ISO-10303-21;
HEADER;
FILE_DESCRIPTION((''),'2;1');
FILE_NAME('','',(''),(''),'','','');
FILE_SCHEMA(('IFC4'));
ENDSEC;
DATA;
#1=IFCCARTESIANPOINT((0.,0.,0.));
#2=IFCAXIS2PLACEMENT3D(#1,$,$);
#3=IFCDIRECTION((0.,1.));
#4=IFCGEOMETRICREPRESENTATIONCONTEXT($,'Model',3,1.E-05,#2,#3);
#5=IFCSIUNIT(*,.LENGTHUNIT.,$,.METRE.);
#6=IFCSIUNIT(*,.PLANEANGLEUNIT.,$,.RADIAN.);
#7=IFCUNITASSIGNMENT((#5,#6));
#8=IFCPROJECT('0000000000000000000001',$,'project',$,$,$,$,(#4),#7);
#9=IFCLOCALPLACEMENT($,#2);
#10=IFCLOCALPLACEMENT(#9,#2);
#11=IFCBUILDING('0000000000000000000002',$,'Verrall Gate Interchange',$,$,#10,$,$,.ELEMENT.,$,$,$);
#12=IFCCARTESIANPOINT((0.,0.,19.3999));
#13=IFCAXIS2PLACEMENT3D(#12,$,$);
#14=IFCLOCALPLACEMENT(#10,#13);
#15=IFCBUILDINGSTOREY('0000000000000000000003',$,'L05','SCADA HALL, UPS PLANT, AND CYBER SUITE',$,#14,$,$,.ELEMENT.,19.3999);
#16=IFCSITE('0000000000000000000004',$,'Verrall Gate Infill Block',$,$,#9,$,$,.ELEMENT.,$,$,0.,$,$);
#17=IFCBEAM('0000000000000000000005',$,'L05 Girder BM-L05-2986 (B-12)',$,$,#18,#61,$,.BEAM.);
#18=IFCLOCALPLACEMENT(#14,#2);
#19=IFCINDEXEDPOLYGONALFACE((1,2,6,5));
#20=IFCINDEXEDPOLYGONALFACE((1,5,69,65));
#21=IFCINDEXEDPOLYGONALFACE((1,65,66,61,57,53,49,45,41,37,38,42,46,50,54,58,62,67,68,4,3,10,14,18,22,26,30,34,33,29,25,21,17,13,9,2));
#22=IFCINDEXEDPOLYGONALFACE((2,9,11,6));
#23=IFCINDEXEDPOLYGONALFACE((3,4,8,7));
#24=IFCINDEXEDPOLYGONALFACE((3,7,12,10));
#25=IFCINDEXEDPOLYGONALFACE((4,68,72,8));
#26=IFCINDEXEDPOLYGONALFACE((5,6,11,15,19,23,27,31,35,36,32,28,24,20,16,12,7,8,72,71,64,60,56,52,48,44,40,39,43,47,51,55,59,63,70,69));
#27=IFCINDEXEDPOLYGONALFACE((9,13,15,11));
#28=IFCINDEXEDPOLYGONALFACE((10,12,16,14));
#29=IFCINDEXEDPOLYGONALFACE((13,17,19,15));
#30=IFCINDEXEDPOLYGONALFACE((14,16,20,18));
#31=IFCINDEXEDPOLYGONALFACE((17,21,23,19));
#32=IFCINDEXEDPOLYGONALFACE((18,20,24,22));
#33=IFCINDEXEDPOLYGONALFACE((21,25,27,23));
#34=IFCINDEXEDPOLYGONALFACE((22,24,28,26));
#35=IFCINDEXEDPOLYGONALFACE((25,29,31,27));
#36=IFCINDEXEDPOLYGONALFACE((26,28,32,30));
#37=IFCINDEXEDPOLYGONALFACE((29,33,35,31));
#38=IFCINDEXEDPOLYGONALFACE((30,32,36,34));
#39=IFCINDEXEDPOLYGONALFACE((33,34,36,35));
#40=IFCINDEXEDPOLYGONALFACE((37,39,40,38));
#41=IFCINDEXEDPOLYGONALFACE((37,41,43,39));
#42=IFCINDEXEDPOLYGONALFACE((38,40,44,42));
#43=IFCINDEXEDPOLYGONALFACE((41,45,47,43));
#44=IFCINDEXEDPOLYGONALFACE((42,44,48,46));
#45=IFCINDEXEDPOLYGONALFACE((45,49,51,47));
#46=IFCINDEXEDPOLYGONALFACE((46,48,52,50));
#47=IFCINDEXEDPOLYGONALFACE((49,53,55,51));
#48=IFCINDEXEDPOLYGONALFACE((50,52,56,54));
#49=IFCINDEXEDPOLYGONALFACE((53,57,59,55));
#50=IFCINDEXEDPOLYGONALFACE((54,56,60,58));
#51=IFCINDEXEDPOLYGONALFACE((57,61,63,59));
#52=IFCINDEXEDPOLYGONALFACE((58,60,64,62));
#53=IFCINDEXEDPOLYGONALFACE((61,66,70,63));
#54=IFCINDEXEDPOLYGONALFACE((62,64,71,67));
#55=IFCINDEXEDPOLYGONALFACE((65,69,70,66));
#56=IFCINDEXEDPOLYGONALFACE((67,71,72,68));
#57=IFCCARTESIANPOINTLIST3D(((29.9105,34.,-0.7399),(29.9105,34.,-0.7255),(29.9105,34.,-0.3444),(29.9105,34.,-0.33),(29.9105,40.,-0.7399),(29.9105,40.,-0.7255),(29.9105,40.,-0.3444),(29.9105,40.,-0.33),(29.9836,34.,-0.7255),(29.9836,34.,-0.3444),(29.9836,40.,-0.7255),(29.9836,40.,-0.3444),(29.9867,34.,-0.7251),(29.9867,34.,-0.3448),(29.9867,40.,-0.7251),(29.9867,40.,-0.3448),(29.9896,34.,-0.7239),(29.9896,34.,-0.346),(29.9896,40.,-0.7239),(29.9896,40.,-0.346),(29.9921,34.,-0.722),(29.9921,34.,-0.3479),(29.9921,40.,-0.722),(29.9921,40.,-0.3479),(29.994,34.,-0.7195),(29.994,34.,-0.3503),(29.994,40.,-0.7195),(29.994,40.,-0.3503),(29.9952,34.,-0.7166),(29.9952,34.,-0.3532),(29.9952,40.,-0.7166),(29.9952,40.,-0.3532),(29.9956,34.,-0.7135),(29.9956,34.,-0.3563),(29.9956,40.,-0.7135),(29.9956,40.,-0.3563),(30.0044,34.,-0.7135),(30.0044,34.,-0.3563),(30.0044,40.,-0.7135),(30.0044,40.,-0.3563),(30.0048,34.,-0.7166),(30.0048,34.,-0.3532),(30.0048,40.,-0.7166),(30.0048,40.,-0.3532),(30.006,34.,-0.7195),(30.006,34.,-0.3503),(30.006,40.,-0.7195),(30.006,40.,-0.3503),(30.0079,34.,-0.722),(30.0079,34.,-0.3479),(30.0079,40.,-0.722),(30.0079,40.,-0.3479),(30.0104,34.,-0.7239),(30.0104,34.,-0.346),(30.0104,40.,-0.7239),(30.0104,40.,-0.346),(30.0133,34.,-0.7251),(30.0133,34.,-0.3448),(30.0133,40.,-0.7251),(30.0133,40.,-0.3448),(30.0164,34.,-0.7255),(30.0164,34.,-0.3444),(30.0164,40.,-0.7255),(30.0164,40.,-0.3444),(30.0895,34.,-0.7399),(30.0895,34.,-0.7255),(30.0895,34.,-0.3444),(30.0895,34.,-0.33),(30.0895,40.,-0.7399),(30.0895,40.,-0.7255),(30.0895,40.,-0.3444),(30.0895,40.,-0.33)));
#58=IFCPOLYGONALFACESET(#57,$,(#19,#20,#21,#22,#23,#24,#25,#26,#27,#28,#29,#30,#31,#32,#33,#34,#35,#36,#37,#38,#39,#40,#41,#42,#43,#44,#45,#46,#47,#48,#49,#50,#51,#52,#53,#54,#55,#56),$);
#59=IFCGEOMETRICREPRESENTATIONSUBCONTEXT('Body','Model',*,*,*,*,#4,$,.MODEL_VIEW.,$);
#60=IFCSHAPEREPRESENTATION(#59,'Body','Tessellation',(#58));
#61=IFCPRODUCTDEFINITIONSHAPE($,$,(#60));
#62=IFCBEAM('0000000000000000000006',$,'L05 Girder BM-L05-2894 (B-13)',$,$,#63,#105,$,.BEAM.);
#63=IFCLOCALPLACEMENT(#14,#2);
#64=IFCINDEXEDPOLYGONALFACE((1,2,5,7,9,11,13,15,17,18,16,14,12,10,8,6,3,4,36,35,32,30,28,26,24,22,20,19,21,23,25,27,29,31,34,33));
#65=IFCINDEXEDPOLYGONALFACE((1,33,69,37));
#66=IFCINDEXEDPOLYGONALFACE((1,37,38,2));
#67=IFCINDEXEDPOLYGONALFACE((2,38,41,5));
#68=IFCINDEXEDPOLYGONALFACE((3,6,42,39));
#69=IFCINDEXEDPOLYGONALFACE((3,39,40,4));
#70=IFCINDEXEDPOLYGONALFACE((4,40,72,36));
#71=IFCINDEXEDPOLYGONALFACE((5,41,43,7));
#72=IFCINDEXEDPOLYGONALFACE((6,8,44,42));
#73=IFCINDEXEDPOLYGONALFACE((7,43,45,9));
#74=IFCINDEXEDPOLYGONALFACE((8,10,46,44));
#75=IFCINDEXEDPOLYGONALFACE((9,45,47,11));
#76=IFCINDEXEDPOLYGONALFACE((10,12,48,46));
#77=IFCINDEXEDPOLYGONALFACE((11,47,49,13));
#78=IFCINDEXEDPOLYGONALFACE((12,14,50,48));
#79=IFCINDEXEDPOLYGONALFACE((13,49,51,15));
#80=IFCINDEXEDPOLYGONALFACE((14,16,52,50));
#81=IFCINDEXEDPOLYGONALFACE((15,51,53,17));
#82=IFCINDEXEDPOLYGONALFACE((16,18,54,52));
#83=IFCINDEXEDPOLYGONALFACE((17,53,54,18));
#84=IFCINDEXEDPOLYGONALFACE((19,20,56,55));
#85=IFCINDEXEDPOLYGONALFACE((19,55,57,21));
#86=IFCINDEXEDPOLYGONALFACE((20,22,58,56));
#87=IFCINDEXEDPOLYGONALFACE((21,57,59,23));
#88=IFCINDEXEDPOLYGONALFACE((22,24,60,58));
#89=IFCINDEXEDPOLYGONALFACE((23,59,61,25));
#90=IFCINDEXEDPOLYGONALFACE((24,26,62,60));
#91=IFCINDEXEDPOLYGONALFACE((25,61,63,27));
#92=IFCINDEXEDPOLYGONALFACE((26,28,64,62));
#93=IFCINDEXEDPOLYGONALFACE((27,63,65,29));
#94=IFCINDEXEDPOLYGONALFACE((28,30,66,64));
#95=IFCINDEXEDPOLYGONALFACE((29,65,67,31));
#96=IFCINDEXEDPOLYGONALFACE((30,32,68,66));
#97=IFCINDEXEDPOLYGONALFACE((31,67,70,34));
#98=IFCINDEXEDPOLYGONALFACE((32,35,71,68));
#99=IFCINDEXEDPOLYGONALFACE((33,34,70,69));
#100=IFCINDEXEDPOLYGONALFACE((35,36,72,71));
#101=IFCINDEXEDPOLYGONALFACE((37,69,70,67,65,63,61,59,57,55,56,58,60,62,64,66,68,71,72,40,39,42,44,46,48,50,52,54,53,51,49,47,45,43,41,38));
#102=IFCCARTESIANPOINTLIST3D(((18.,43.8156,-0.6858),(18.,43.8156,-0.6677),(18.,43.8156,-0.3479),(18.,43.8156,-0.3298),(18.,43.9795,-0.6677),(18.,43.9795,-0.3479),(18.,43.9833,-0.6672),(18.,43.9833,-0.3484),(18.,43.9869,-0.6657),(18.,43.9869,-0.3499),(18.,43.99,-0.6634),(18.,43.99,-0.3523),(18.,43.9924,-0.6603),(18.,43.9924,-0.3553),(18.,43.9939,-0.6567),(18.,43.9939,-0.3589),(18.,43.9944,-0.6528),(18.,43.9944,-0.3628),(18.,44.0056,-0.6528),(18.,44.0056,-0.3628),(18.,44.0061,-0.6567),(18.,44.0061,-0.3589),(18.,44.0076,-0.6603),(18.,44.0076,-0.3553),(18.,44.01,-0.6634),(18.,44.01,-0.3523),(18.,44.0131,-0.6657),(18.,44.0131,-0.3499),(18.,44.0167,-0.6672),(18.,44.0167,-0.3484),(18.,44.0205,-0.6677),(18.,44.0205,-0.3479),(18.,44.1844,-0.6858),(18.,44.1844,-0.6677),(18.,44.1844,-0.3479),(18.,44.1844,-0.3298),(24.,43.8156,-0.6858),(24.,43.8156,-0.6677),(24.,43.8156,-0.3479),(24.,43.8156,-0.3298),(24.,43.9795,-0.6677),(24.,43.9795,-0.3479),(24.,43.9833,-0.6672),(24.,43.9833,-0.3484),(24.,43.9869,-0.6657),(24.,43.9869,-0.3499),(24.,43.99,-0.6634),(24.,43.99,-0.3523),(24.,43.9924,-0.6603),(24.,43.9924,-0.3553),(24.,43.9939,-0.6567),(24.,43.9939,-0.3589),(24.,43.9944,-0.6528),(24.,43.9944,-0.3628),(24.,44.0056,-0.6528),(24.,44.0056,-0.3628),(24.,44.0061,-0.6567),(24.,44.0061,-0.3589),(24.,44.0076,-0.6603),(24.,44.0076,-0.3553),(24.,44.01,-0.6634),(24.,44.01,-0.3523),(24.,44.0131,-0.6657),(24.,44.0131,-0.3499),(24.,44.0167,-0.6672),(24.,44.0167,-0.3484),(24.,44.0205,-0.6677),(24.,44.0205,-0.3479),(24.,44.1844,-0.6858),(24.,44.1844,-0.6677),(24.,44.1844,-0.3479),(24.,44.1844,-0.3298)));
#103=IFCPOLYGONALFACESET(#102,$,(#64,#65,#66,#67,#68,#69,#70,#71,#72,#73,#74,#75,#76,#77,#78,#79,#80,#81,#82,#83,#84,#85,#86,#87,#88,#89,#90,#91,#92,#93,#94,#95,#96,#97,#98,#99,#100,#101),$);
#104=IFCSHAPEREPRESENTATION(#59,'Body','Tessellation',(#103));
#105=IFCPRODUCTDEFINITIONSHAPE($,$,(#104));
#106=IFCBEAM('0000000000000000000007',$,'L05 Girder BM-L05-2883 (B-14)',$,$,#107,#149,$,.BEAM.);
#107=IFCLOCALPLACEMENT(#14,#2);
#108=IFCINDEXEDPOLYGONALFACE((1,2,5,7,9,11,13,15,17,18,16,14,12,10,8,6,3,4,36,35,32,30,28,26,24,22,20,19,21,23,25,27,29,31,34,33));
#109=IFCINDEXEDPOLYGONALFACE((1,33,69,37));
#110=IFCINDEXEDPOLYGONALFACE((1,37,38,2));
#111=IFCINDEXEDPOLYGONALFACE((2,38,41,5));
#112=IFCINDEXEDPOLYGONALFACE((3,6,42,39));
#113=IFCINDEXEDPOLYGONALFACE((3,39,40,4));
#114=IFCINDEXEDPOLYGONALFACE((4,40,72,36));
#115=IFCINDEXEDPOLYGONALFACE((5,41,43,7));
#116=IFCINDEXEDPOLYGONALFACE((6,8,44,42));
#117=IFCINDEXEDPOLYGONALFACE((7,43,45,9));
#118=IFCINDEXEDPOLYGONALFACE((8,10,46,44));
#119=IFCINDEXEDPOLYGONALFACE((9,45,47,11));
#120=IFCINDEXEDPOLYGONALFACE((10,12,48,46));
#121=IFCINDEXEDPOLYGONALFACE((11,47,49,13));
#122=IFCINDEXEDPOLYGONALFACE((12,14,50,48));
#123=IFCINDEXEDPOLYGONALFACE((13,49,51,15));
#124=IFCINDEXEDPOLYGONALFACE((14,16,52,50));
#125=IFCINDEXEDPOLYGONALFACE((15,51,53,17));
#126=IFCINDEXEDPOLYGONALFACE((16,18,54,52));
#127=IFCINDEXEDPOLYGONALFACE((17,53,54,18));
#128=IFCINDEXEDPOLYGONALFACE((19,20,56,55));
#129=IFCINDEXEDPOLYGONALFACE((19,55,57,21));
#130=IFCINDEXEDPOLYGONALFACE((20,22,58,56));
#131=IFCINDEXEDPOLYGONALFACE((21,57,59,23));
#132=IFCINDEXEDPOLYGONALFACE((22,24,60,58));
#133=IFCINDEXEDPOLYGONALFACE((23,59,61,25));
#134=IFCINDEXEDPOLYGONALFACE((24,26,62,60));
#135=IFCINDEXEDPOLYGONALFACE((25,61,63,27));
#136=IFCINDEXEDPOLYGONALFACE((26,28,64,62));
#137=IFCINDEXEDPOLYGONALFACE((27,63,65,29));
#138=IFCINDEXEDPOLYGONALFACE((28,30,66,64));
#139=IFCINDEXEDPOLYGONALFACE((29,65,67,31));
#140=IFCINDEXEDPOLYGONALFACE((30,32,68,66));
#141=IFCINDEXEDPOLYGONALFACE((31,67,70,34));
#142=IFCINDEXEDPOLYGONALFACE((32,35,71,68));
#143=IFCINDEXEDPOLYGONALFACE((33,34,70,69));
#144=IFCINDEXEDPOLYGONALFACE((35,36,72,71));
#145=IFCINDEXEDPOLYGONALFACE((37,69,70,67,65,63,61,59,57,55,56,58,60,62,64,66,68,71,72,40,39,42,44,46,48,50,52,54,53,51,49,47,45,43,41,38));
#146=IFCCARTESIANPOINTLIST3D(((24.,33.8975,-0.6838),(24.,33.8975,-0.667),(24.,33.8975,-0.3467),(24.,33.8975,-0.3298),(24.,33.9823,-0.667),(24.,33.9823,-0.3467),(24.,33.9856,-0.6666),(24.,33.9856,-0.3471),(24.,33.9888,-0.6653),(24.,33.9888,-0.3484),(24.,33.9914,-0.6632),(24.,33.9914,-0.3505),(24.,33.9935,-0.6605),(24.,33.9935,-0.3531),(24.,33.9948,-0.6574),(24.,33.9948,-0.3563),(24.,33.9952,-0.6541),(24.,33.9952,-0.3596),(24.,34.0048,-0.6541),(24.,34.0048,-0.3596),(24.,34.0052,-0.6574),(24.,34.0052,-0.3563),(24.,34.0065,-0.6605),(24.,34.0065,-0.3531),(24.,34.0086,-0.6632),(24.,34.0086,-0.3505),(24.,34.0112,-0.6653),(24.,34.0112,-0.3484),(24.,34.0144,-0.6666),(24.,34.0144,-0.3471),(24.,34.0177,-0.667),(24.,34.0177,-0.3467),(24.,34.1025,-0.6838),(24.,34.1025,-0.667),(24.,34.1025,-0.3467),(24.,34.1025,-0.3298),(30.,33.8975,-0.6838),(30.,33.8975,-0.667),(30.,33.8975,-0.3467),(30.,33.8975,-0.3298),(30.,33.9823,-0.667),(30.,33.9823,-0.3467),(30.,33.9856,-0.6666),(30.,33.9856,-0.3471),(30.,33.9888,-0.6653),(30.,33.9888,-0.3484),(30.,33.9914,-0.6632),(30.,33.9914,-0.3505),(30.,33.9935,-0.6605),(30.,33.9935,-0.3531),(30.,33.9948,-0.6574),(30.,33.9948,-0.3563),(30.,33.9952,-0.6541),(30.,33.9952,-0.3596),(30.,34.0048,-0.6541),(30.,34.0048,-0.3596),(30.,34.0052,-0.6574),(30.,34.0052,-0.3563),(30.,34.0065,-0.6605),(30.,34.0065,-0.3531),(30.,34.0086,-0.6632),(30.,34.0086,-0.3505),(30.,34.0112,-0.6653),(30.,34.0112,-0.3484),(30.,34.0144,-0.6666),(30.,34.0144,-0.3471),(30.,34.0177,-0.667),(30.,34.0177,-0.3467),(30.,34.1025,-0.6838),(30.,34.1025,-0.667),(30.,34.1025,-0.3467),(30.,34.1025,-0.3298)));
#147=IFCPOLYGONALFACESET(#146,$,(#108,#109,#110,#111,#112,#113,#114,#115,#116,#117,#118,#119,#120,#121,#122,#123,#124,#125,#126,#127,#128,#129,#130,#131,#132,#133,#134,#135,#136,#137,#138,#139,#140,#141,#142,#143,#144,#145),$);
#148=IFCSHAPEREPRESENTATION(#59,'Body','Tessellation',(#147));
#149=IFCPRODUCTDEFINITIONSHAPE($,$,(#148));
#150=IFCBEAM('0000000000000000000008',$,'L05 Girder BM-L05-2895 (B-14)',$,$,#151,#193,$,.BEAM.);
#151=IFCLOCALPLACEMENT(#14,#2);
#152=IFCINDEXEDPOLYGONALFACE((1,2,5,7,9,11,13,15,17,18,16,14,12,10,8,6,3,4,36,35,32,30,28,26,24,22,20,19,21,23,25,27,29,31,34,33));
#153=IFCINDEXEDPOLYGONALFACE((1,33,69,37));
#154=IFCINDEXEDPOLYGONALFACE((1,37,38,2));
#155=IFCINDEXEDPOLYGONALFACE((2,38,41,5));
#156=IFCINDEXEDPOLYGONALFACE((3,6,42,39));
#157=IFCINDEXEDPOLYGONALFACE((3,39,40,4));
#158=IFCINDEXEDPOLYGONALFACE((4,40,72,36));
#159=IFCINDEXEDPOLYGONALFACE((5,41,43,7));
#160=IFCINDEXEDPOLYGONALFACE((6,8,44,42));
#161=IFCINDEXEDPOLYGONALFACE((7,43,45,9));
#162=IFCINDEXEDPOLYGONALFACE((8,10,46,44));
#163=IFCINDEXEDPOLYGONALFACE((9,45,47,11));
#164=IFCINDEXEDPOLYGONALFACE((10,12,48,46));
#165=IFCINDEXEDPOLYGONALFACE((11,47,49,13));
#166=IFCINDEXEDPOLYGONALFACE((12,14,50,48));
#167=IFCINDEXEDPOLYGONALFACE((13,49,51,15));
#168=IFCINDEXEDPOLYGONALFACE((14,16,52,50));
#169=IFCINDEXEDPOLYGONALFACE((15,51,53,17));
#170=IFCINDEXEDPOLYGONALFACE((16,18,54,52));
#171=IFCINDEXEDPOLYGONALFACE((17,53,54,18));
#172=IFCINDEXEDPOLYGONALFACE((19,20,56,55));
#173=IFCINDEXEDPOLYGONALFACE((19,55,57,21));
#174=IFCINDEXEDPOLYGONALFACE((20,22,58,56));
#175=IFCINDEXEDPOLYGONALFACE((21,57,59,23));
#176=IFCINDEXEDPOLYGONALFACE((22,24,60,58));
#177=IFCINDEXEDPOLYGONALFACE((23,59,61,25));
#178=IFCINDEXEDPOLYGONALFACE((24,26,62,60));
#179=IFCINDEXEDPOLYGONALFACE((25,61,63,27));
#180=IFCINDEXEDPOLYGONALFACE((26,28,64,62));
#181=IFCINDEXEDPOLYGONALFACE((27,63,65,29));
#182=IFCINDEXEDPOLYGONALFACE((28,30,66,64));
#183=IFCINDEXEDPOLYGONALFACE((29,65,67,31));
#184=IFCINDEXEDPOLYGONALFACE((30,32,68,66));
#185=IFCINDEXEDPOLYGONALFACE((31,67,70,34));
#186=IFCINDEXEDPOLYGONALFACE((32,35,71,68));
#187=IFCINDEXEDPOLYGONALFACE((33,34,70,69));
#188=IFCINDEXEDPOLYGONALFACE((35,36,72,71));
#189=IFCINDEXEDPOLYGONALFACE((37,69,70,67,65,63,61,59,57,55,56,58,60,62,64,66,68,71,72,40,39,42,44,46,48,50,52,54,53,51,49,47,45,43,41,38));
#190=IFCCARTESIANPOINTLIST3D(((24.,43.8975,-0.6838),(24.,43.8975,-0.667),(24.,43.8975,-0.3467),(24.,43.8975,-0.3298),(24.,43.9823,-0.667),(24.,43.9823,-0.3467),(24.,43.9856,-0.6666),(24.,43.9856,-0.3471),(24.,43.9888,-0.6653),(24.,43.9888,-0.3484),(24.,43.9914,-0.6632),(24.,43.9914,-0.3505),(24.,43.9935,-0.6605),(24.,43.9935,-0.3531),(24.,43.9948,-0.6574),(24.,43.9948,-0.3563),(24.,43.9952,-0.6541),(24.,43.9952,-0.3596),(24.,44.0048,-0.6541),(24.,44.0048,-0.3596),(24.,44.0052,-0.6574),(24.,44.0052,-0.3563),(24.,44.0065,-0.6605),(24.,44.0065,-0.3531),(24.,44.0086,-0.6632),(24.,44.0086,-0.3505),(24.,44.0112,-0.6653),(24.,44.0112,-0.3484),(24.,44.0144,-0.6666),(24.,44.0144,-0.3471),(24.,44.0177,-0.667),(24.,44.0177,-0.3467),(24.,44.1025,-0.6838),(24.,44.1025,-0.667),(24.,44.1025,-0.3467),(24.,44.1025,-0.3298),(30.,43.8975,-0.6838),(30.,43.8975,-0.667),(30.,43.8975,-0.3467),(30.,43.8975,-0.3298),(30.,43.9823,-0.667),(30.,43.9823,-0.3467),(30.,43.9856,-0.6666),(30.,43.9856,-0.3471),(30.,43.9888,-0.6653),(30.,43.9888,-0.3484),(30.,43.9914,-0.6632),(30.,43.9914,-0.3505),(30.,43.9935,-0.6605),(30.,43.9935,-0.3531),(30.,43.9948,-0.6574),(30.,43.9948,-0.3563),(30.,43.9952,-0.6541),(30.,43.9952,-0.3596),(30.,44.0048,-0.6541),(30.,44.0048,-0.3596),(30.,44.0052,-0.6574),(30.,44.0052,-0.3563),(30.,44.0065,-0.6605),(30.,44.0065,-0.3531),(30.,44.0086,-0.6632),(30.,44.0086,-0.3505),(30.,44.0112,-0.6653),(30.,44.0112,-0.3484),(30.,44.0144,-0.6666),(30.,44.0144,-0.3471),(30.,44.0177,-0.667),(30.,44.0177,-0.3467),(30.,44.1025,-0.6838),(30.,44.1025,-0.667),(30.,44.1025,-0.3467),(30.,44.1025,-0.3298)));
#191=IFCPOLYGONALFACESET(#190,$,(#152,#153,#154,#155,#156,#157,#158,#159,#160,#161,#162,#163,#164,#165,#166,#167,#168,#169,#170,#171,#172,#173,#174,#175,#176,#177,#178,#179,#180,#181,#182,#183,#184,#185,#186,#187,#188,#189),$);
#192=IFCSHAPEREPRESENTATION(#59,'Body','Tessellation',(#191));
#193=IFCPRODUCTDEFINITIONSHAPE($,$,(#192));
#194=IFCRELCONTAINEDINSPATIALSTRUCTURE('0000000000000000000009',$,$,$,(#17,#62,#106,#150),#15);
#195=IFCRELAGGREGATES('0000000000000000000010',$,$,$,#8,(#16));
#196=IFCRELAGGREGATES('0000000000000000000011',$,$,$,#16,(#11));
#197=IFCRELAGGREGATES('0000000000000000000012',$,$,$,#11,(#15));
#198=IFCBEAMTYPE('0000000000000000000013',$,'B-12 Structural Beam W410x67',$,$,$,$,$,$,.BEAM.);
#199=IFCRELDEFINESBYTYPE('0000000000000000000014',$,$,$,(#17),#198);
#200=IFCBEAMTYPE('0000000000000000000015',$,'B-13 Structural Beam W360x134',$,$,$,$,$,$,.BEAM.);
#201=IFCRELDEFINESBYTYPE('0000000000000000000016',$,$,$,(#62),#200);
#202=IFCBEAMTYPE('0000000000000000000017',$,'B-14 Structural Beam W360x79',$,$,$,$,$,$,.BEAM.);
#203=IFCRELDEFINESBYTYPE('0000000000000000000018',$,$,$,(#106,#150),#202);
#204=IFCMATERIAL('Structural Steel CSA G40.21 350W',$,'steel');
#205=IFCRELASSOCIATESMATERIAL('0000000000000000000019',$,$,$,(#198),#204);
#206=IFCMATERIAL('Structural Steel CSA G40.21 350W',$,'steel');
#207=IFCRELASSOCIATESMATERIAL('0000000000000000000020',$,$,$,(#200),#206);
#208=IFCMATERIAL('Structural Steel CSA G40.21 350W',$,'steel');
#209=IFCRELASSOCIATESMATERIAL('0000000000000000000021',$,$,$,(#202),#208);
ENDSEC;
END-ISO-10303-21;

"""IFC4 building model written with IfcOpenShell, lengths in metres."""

from ifc_helpers import new_model, si_unit, direction, frame, origin, origin_2d, place, context, subcontext, project, spatial, i_section, extrude, material, material_profile, profile_set, type_object, element, save


model = new_model("IFC4")

# Units and contexts
model_context = context("Model", 3, precision=1e-05, world=origin(), true_north=direction((0.0, 1.0)))
body_context = subcontext(model_context, "Body", "Model", "MODEL_VIEW")
ifc_project = project(units=[si_unit("LENGTHUNIT", "METRE"), si_unit("PLANEANGLEUNIT", "RADIAN")], contexts=[model_context])

# Site, building, storey
site_placement = place(None, origin())
site = spatial("IfcSite", under=ifc_project, at=site_placement, Name="Verrall Gate Infill Block", CompositionType="ELEMENT", RefElevation=0.0)
building_placement = place(site_placement, origin())
building = spatial("IfcBuilding", under=site, at=building_placement, Name="Verrall Gate Interchange", CompositionType="ELEMENT")
storey_placement = place(building_placement, frame((0.0, 0.0, 19.3999)))
storey = spatial("IfcBuildingStorey", under=building, at=storey_placement, Name="L05", Description="SCADA HALL, UPS PLANT, AND CYBER SUITE", CompositionType="ELEMENT", Elevation=19.3999)

# Beams
ifc_material_1 = material(Name="Structural Steel CSA G40.21 350W", Category="steel")
ifc_material_profile_1 = material_profile(ifc_material_1, i_section(OverallWidth=0.179, OverallDepth=0.4099, WebThickness=0.0088, FlangeThickness=0.0144, FilletRadius=0.012, at=origin_2d()), Name="W410x67")
ifc_profile_set_1 = profile_set([ifc_material_profile_1], Name="Structural Steel CSA G40.21 350W")
beam_type_1 = type_object("IfcBeamType", Name="B-12 Structural Beam W410x67", PredefinedType="BEAM", material=ifc_profile_set_1)
beam_1_placement = place(storey_placement, frame((30.0, 34.0, -0.5349), z_axis=(0.0, 1.0, 0.0), x_axis=(-1.0, 0.0, 0.0)))
element("IfcBeam", 1, at=beam_1_placement, inside=storey, type_object=beam_type_1, Name="L05 Girder BM-L05-2986 (B-12)", PredefinedType="BEAM", context=body_context, shape_type="SweptSolid", body=[
    extrude(i_section(OverallWidth=0.179, OverallDepth=0.4099, WebThickness=0.0088, FlangeThickness=0.0144, FilletRadius=0.012, at=origin_2d()), origin(), (0.0, 0.0, 1.0), 6.0),
])
ifc_material_2 = material(Name="Structural Steel CSA G40.21 350W", Category="steel")
ifc_material_profile_2 = material_profile(ifc_material_2, i_section(OverallWidth=0.3689, OverallDepth=0.356, WebThickness=0.0112, FlangeThickness=0.0181, FilletRadius=0.0149, at=origin_2d()), Name="W360x134")
ifc_profile_set_2 = profile_set([ifc_material_profile_2], Name="Structural Steel CSA G40.21 350W")
beam_type_2 = type_object("IfcBeamType", Name="B-13 Structural Beam W360x134", PredefinedType="BEAM", material=ifc_profile_set_2)
beam_2_placement = place(storey_placement, frame((18.0, 44.0, -0.5078), z_axis=(1.0, 0.0, 0.0), x_axis=(0.0, 1.0, 0.0)))
element("IfcBeam", 2, at=beam_2_placement, inside=storey, type_object=beam_type_2, Name="L05 Girder BM-L05-2894 (B-13)", PredefinedType="BEAM", context=body_context, shape_type="SweptSolid", body=[
    extrude(i_section(OverallWidth=0.3689, OverallDepth=0.356, WebThickness=0.0112, FlangeThickness=0.0181, FilletRadius=0.0149, at=origin_2d()), origin(), (0.0, 0.0, 1.0), 6.0),
])
ifc_material_3 = material(Name="Structural Steel CSA G40.21 350W", Category="steel")
ifc_material_profile_3 = material_profile(ifc_material_3, i_section(OverallWidth=0.2051, OverallDepth=0.354, WebThickness=0.0095, FlangeThickness=0.0168, FilletRadius=0.0129, at=origin_2d()), Name="W360x79")
ifc_profile_set_3 = profile_set([ifc_material_profile_3], Name="Structural Steel CSA G40.21 350W")
beam_type_3 = type_object("IfcBeamType", Name="B-14 Structural Beam W360x79", PredefinedType="BEAM", material=ifc_profile_set_3)
for number, where, z_axis, x_axis, name in (
    (3, (24.0, 34.0, -0.5068), (1.0, 0.0, 0.0), (0.0, 1.0, 0.0), "L05 Girder BM-L05-2883 (B-14)"),
    (4, (24.0, 44.0, -0.5068), (1.0, 0.0, 0.0), (0.0, 1.0, 0.0), "L05 Girder BM-L05-2895 (B-14)"),
):
    element("IfcBeam", number, at=place(storey_placement, frame(where, z_axis=z_axis, x_axis=x_axis)), inside=storey, type_object=beam_type_3, Name=name, PredefinedType="BEAM", context=body_context, shape_type="SweptSolid", body=[
        extrude(i_section(OverallWidth=0.2051, OverallDepth=0.354, WebThickness=0.0095, FlangeThickness=0.0168, FilletRadius=0.0129, at=origin_2d()), origin(), (0.0, 0.0, 1.0), 6.0),
    ])

save(model, "model.ifc")
